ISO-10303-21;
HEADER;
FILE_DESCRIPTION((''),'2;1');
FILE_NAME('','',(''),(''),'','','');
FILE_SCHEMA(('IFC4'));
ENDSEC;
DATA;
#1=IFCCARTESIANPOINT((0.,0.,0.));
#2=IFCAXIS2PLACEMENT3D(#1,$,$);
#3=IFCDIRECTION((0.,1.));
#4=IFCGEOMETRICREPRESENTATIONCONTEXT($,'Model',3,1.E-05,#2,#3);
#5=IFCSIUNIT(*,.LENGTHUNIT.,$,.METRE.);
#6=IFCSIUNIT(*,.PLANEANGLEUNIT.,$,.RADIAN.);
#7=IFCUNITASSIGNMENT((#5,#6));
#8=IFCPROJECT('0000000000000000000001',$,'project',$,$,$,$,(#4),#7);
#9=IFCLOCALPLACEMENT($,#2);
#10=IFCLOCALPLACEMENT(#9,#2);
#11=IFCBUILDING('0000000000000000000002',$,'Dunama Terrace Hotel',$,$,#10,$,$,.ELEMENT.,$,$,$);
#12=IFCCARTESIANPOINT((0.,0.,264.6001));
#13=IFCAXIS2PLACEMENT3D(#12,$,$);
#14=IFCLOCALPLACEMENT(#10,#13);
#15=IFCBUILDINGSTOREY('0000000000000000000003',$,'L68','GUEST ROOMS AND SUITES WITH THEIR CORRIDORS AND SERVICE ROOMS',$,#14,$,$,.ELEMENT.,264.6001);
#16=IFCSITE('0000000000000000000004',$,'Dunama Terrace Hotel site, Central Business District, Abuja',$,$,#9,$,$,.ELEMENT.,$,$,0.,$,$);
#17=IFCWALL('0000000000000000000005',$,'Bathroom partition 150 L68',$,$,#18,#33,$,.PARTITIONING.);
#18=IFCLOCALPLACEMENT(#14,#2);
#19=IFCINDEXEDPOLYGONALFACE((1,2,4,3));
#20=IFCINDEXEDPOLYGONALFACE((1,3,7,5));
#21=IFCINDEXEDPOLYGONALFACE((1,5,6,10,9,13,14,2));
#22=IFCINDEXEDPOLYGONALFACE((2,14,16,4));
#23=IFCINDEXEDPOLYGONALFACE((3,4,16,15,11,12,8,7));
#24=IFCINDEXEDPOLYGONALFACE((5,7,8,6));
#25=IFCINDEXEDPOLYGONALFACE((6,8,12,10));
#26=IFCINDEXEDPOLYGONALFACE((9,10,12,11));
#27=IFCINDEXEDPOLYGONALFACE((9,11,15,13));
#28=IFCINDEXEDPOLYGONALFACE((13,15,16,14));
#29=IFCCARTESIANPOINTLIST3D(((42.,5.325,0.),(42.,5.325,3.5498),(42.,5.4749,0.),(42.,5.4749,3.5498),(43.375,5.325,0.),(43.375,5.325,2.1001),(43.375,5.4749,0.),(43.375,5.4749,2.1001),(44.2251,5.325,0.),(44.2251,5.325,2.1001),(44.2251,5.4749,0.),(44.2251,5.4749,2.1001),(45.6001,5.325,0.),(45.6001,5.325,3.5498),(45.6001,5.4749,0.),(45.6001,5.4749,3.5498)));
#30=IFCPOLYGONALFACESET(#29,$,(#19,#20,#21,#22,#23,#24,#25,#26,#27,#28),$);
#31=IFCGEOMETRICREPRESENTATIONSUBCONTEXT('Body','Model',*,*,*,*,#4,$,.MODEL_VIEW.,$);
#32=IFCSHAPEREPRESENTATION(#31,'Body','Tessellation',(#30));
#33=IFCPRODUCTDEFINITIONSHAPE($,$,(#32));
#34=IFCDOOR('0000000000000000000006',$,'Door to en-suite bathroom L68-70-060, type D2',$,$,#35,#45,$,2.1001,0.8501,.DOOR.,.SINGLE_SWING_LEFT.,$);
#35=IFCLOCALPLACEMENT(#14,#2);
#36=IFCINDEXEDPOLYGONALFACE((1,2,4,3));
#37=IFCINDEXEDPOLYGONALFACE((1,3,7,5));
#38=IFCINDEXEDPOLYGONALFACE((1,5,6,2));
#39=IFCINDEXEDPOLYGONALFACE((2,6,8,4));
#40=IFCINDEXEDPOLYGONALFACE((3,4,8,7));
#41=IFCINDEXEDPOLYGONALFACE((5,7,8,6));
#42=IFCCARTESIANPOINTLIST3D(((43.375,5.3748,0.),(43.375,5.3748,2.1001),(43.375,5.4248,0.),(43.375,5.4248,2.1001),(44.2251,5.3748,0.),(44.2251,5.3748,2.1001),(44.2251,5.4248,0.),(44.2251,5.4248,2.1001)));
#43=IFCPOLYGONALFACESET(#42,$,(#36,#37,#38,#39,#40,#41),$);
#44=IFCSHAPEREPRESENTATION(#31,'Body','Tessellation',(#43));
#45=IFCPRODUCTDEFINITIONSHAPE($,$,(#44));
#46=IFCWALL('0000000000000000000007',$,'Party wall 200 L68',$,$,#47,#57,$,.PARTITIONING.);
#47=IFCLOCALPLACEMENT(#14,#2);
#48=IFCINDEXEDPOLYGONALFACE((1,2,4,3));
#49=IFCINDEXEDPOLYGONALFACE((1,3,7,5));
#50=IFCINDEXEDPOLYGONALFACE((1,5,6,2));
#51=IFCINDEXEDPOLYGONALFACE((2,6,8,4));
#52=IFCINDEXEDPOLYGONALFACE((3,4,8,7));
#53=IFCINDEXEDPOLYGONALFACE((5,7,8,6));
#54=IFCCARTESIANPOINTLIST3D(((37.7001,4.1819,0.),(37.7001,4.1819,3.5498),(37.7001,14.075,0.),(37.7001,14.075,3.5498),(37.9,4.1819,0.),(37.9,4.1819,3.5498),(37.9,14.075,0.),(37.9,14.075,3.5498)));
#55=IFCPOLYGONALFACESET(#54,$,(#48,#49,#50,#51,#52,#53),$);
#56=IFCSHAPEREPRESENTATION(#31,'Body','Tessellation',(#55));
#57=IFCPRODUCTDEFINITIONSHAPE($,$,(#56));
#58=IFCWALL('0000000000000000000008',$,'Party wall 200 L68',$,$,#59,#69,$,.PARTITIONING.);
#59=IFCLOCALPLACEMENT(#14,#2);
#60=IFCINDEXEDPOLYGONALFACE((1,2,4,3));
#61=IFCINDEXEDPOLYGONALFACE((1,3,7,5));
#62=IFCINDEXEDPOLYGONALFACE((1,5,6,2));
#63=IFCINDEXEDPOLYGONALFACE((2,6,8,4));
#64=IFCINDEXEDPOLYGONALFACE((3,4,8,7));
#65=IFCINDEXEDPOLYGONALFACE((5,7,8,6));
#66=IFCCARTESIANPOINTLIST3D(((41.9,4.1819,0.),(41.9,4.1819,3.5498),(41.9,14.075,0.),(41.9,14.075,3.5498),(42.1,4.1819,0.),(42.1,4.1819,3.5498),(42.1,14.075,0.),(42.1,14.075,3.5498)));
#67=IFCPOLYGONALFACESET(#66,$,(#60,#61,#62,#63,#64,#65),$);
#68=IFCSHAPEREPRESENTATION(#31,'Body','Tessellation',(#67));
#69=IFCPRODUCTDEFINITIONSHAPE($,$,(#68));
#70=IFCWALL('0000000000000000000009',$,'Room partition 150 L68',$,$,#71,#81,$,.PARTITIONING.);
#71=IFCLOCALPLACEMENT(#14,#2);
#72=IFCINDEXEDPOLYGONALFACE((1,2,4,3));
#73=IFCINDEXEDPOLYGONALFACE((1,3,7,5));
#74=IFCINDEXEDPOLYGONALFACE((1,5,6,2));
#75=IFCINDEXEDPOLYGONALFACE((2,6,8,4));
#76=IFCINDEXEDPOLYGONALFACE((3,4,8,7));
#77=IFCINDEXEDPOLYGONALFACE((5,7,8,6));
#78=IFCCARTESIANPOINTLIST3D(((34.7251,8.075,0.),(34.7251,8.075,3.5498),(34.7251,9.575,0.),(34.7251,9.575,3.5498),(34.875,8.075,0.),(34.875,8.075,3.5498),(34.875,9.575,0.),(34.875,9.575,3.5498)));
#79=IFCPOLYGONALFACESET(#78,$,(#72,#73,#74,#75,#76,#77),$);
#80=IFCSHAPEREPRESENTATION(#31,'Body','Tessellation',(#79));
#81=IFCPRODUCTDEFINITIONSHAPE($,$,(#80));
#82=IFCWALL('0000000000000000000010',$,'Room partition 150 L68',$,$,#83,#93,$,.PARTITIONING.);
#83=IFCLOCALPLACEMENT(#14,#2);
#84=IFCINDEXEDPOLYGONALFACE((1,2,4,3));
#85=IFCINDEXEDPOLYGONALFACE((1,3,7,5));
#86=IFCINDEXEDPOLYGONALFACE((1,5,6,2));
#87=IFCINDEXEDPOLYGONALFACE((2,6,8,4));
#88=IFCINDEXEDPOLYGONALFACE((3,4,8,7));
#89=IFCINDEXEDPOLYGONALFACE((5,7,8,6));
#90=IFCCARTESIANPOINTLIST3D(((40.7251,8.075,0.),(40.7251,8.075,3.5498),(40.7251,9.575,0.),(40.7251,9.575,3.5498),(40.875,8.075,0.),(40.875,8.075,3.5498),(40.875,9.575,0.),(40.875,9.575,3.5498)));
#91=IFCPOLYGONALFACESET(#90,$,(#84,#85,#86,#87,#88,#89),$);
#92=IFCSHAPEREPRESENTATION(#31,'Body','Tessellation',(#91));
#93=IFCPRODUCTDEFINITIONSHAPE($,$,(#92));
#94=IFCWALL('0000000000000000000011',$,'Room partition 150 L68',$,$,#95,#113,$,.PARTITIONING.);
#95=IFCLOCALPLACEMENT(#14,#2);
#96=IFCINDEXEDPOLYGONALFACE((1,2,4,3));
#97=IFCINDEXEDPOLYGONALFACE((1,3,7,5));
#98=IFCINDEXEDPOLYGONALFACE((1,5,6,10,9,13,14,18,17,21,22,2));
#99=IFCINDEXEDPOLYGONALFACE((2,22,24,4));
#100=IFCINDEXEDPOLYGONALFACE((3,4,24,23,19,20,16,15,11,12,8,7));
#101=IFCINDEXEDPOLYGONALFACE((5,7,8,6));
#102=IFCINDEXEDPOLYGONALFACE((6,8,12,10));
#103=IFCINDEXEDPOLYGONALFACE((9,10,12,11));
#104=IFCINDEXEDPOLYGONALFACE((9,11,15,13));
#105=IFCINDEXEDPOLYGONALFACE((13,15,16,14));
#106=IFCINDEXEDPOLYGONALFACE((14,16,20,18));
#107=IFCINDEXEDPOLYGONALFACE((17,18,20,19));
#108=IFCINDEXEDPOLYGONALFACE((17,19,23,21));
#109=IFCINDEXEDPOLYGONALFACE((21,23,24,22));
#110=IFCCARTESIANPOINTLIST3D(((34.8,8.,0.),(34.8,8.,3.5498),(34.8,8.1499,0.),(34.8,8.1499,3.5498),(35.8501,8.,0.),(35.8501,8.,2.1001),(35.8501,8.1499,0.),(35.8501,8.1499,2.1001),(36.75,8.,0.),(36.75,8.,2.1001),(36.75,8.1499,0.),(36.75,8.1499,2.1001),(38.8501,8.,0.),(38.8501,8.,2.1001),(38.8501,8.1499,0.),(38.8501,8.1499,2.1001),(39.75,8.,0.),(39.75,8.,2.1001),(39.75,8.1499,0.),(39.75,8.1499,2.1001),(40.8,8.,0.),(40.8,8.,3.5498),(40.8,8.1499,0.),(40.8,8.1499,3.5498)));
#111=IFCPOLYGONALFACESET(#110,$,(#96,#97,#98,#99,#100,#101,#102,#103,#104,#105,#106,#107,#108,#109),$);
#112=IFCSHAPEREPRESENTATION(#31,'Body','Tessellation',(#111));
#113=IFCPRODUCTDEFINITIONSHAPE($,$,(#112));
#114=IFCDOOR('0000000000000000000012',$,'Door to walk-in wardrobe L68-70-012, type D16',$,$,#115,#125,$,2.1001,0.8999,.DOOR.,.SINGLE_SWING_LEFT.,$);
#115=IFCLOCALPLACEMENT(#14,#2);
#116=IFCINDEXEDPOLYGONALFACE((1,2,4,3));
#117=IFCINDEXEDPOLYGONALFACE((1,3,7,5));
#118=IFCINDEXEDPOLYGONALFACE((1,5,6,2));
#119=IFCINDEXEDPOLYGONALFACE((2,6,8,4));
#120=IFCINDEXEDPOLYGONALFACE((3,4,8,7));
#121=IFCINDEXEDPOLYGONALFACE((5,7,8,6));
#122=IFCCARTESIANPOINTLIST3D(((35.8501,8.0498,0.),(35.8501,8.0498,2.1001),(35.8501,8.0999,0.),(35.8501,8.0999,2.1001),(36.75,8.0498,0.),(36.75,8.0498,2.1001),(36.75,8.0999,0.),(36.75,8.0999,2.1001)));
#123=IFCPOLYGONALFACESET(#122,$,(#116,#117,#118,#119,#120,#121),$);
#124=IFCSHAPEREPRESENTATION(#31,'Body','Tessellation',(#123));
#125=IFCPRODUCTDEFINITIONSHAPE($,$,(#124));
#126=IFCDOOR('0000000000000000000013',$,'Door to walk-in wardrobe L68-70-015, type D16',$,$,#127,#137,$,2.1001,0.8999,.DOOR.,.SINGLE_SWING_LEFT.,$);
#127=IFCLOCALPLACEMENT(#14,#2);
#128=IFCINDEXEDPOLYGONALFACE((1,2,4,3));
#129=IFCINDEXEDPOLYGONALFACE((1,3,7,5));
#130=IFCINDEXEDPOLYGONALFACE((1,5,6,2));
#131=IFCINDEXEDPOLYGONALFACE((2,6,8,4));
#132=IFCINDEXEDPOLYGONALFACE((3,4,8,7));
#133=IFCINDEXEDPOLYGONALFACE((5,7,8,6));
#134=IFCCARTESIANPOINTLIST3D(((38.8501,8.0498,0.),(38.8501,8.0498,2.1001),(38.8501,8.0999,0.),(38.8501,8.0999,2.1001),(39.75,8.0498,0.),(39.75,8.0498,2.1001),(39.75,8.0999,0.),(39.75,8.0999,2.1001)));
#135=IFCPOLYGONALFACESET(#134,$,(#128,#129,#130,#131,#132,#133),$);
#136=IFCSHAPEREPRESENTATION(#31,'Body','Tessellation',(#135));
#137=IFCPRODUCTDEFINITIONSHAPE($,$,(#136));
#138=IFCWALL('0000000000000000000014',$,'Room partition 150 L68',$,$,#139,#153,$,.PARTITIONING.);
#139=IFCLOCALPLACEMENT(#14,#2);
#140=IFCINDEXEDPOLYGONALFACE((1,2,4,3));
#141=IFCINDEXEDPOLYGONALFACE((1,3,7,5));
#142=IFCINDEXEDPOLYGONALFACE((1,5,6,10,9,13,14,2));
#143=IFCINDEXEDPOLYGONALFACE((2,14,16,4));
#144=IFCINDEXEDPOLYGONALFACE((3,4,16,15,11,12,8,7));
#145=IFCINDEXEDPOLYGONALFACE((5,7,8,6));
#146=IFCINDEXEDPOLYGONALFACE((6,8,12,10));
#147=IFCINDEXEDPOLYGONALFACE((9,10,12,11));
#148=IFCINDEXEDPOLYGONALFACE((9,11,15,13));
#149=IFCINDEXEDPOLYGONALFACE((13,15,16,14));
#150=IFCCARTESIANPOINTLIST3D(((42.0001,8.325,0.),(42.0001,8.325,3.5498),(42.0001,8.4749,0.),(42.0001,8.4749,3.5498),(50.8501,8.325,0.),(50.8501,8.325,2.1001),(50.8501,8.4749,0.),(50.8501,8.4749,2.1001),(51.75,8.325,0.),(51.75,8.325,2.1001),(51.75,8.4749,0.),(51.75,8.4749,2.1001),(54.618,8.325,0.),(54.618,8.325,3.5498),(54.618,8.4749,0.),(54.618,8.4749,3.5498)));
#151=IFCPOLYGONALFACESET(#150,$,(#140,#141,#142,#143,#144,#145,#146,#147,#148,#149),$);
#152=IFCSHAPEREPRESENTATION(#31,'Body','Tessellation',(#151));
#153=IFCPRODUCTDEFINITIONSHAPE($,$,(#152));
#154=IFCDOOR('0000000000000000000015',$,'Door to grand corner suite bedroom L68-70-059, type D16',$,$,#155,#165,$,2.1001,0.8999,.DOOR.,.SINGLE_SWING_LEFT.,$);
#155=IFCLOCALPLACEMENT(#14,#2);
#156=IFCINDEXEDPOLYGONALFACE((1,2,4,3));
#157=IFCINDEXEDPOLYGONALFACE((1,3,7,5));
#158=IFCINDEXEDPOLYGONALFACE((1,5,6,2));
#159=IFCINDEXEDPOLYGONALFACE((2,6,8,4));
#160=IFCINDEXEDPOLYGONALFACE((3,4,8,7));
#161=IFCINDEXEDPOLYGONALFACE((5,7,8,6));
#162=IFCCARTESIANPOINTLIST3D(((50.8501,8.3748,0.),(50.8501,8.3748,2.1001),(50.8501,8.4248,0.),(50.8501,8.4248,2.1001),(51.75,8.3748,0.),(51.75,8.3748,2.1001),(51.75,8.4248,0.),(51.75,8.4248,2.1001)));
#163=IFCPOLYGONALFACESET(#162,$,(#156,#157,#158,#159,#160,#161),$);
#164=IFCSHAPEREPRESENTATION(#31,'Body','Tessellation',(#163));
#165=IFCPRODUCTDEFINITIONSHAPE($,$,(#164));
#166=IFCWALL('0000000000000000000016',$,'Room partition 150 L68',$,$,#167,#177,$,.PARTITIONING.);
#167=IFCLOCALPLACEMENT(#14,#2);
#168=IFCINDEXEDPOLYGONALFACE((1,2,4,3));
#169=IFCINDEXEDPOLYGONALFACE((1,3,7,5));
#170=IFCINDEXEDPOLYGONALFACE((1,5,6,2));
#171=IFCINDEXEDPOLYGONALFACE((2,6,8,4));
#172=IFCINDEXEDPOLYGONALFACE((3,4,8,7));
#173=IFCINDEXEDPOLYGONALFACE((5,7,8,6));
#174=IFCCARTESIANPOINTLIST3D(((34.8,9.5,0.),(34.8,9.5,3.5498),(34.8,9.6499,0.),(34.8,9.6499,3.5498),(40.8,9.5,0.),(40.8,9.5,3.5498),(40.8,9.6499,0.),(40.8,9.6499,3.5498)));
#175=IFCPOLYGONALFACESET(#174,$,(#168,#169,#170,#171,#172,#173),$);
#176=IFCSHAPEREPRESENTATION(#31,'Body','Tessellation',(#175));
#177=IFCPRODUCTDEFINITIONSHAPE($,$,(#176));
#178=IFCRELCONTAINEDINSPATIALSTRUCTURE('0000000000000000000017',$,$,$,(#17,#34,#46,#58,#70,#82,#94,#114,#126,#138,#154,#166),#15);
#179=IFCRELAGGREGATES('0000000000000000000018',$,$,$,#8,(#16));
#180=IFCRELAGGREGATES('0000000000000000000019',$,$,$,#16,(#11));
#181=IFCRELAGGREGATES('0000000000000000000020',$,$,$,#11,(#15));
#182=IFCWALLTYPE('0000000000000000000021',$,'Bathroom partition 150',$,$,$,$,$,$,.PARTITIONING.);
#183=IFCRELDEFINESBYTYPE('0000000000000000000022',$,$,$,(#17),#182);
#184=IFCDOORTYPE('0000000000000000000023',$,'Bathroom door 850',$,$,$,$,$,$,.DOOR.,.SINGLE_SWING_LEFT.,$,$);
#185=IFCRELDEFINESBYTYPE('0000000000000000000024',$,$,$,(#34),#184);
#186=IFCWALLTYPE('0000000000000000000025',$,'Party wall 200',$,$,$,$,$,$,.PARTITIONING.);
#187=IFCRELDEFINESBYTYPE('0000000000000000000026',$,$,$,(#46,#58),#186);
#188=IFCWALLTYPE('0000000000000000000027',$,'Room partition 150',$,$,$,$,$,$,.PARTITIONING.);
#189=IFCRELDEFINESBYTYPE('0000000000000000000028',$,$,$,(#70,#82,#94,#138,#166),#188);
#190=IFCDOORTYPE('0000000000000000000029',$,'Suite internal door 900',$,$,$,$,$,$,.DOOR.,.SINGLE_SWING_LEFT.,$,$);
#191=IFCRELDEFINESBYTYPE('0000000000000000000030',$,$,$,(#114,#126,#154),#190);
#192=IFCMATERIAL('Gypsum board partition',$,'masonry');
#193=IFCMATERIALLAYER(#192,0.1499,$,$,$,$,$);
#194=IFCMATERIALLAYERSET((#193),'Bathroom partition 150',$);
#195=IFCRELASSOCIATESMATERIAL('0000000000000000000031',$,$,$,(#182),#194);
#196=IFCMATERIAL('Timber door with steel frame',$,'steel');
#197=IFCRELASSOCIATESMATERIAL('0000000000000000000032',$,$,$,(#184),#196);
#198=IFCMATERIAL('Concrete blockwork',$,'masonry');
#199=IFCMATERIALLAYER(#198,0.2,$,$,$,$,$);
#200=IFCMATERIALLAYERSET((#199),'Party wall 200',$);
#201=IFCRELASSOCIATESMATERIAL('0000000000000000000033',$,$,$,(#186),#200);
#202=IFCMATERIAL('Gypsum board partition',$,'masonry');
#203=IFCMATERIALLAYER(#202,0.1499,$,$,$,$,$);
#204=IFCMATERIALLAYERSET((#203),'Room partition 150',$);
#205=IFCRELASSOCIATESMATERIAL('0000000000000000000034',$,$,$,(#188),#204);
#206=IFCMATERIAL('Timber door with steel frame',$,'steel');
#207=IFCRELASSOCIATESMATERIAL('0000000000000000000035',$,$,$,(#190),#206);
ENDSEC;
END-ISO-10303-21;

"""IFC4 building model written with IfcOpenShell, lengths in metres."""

from ifc_helpers import new_model, si_unit, direction, frame, frame_2d, origin, place, context, subcontext, project, spatial, rectangle, extrude, material, layer, layer_set, type_object, element, fill, save


model = new_model("IFC4")

# Units and contexts
model_context = context("Model", 3, precision=1e-05, world=origin(), true_north=direction((0.0, 1.0)))
body_context = subcontext(model_context, "Body", "Model", "MODEL_VIEW")
ifc_project = project(units=[si_unit("LENGTHUNIT", "METRE"), si_unit("PLANEANGLEUNIT", "RADIAN")], contexts=[model_context])

# Site, building, storey
site_placement = place(None, origin())
site = spatial("IfcSite", under=ifc_project, at=site_placement, Name="Dunama Terrace Hotel site, Central Business District, Abuja", CompositionType="ELEMENT", RefElevation=0.0)
building_placement = place(site_placement, origin())
building = spatial("IfcBuilding", under=site, at=building_placement, Name="Dunama Terrace Hotel", CompositionType="ELEMENT")
storey_placement = place(building_placement, frame((0.0, 0.0, 264.6001)))
storey = spatial("IfcBuildingStorey", under=building, at=storey_placement, Name="L68", Description="GUEST ROOMS AND SUITES WITH THEIR CORRIDORS AND SERVICE ROOMS", CompositionType="ELEMENT", Elevation=264.6001)

# Shared definitions
ifc_material_1 = material(Name="Gypsum board partition", Category="masonry")
ifc_layer_1 = layer(ifc_material_1, 0.1499)
ifc_layer_set_1 = layer_set([ifc_layer_1], Name="Bathroom partition 150")
wall_type_1 = type_object("IfcWallType", Name="Bathroom partition 150", PredefinedType="PARTITIONING", material=ifc_layer_set_1)

# Wall, opening, door
wall_1_placement = place(storey_placement, frame((42.0, 5.3999, 0.0), z_axis=(0.0, 0.0, 1.0), x_axis=(1.0, 0.0, 0.0)))
wall_1 = element("IfcWall", 1, at=wall_1_placement, inside=storey, type_object=wall_type_1, Name="Bathroom partition 150 L68", PredefinedType="PARTITIONING", context=body_context, shape_type="SweptSolid", body=[
    extrude(rectangle(XDim=3.6001, YDim=0.1499, at=frame_2d((1.8, 0.0))), origin(), (0.0, 0.0, 1.0), 3.5498),
])
opening_1_placement = place(wall_1_placement, frame((1.375, 0.0, 0.0)))
opening_1 = element("IfcOpeningElement", 2, at=opening_1_placement, cuts=wall_1, PredefinedType="OPENING", context=body_context, shape_type="SweptSolid", body=[
    extrude(rectangle(XDim=0.8501, YDim=2.1001, at=frame_2d((0.425, 1.05))), frame((0.0, 0.085, 0.0), z_axis=(0.0, -1.0, 0.0), x_axis=(1.0, 0.0, 0.0)), (0.0, 0.0, 1.0), 0.1699),
])
ifc_material_2 = material(Name="Timber door with steel frame", Category="steel")
door_type_1 = type_object("IfcDoorType", Name="Bathroom door 850", OperationType="SINGLE_SWING_LEFT", PredefinedType="DOOR", material=ifc_material_2)
door_1_placement = place(opening_1_placement, origin())
door_1 = element("IfcDoor", 3, at=door_1_placement, inside=storey, type_object=door_type_1, Name="Door to en-suite bathroom L68-70-060, type D2", OperationType="SINGLE_SWING_LEFT", OverallHeight=2.1001, OverallWidth=0.8501, PredefinedType="DOOR", context=body_context, shape_type="SweptSolid", body=[
    extrude(rectangle(XDim=0.8501, YDim=2.1001, at=frame_2d((0.425, 1.05))), frame((0.0, 0.0249, 0.0), z_axis=(0.0, -1.0, 0.0), x_axis=(1.0, 0.0, 0.0)), (0.0, 0.0, 1.0), 0.05),
])
fill(opening_1, door_1)

# Walls
ifc_material_3 = material(Name="Concrete blockwork", Category="masonry")
ifc_layer_2 = layer(ifc_material_3, 0.2)
ifc_layer_set_2 = layer_set([ifc_layer_2], Name="Party wall 200")
wall_type_2 = type_object("IfcWallType", Name="Party wall 200", PredefinedType="PARTITIONING", material=ifc_layer_set_2)
for number, where, z_axis, x_axis, name in (
    (4, (37.8, 4.1819, 0.0), (0.0, 0.0, 1.0), (0.0, 1.0, 0.0), "Party wall 200 L68"),
    (5, (42.0, 4.1819, 0.0), (0.0, 0.0, 1.0), (0.0, 1.0, 0.0), "Party wall 200 L68"),
):
    element("IfcWall", number, at=place(storey_placement, frame(where, z_axis=z_axis, x_axis=x_axis)), inside=storey, type_object=wall_type_2, Name=name, PredefinedType="PARTITIONING", context=body_context, shape_type="SweptSolid", body=[
        extrude(rectangle(XDim=9.8931, YDim=0.2, at=frame_2d((4.9465, 0.0))), origin(), (0.0, 0.0, 1.0), 3.5498),
    ])
ifc_material_4 = material(Name="Gypsum board partition", Category="masonry")
ifc_layer_3 = layer(ifc_material_4, 0.1499)
ifc_layer_set_3 = layer_set([ifc_layer_3], Name="Room partition 150")
wall_type_3 = type_object("IfcWallType", Name="Room partition 150", PredefinedType="PARTITIONING", material=ifc_layer_set_3)
for number, where, z_axis, x_axis, name in (
    (6, (34.8, 8.075, 0.0), (0.0, 0.0, 1.0), (0.0, 1.0, 0.0), "Room partition 150 L68"),
    (7, (40.8, 8.075, 0.0), (0.0, 0.0, 1.0), (0.0, 1.0, 0.0), "Room partition 150 L68"),
):
    element("IfcWall", number, at=place(storey_placement, frame(where, z_axis=z_axis, x_axis=x_axis)), inside=storey, type_object=wall_type_3, Name=name, PredefinedType="PARTITIONING", context=body_context, shape_type="SweptSolid", body=[
        extrude(rectangle(XDim=1.5, YDim=0.1499, at=frame_2d((0.75, 0.0))), origin(), (0.0, 0.0, 1.0), 3.5498),
    ])

# Wall, openings, doors
wall_2_placement = place(storey_placement, frame((34.8, 8.075, 0.0), z_axis=(0.0, 0.0, 1.0), x_axis=(1.0, 0.0, 0.0)))
wall_2 = element("IfcWall", 8, at=wall_2_placement, inside=storey, type_object=wall_type_3, Name="Room partition 150 L68", PredefinedType="PARTITIONING", context=body_context, shape_type="SweptSolid", body=[
    extrude(rectangle(XDim=6.0, YDim=0.1499, at=frame_2d((3.0, 0.0))), origin(), (0.0, 0.0, 1.0), 3.5498),
])
opening_2_placement = place(wall_2_placement, frame((1.05, 0.0, 0.0)))
opening_2 = element("IfcOpeningElement", 9, at=opening_2_placement, cuts=wall_2, PredefinedType="OPENING", context=body_context, shape_type="SweptSolid", body=[
    extrude(rectangle(XDim=0.8999, YDim=2.1001, at=frame_2d((0.45, 1.05))), frame((0.0, 0.085, 0.0), z_axis=(0.0, -1.0, 0.0), x_axis=(1.0, 0.0, 0.0)), (0.0, 0.0, 1.0), 0.1699),
])
opening_3_placement = place(wall_2_placement, frame((4.05, 0.0, 0.0)))
opening_3 = element("IfcOpeningElement", 10, at=opening_3_placement, cuts=wall_2, PredefinedType="OPENING", context=body_context, shape_type="SweptSolid", body=[
    extrude(rectangle(XDim=0.8999, YDim=2.1001, at=frame_2d((0.45, 1.05))), frame((0.0, 0.085, 0.0), z_axis=(0.0, -1.0, 0.0), x_axis=(1.0, 0.0, 0.0)), (0.0, 0.0, 1.0), 0.1699),
])
ifc_material_5 = material(Name="Timber door with steel frame", Category="steel")
door_type_2 = type_object("IfcDoorType", Name="Suite internal door 900", OperationType="SINGLE_SWING_LEFT", PredefinedType="DOOR", material=ifc_material_5)
door_2_placement = place(opening_2_placement, origin())
door_2 = element("IfcDoor", 11, at=door_2_placement, inside=storey, type_object=door_type_2, Name="Door to walk-in wardrobe L68-70-012, type D16", OperationType="SINGLE_SWING_LEFT", OverallHeight=2.1001, OverallWidth=0.8999, PredefinedType="DOOR", context=body_context, shape_type="SweptSolid", body=[
    extrude(rectangle(XDim=0.8999, YDim=2.1001, at=frame_2d((0.45, 1.05))), frame((0.0, 0.0249, 0.0), z_axis=(0.0, -1.0, 0.0), x_axis=(1.0, 0.0, 0.0)), (0.0, 0.0, 1.0), 0.05),
])
fill(opening_2, door_2)
door_3_placement = place(opening_3_placement, origin())
door_3 = element("IfcDoor", 12, at=door_3_placement, inside=storey, type_object=door_type_2, Name="Door to walk-in wardrobe L68-70-015, type D16", OperationType="SINGLE_SWING_LEFT", OverallHeight=2.1001, OverallWidth=0.8999, PredefinedType="DOOR", context=body_context, shape_type="SweptSolid", body=[
    extrude(rectangle(XDim=0.8999, YDim=2.1001, at=frame_2d((0.45, 1.05))), frame((0.0, 0.0249, 0.0), z_axis=(0.0, -1.0, 0.0), x_axis=(1.0, 0.0, 0.0)), (0.0, 0.0, 1.0), 0.05),
])
fill(opening_3, door_3)

# Wall, opening, door
wall_3_placement = place(storey_placement, frame((42.0, 8.3999, 0.0), z_axis=(0.0, 0.0, 1.0), x_axis=(1.0, 0.0, 0.0)))
wall_3 = element("IfcWall", 13, at=wall_3_placement, inside=storey, type_object=wall_type_3, Name="Room partition 150 L68", PredefinedType="PARTITIONING", context=body_context, shape_type="SweptSolid", body=[
    extrude(rectangle(XDim=12.6179, YDim=0.1499, at=frame_2d((6.3091, 0.0))), origin(), (0.0, 0.0, 1.0), 3.5498),
])
opening_4_placement = place(wall_3_placement, frame((8.8501, 0.0, 0.0)))
opening_4 = element("IfcOpeningElement", 14, at=opening_4_placement, cuts=wall_3, PredefinedType="OPENING", context=body_context, shape_type="SweptSolid", body=[
    extrude(rectangle(XDim=0.8999, YDim=2.1001, at=frame_2d((0.45, 1.05))), frame((0.0, 0.085, 0.0), z_axis=(0.0, -1.0, 0.0), x_axis=(1.0, 0.0, 0.0)), (0.0, 0.0, 1.0), 0.1699),
])
door_4_placement = place(opening_4_placement, frame((0.8999, 0.0, 0.0), z_axis=(0.0, 0.0, 1.0), x_axis=(-1.0, 0.0, 0.0)))
door_4 = element("IfcDoor", 15, at=door_4_placement, inside=storey, type_object=door_type_2, Name="Door to grand corner suite bedroom L68-70-059, type D16", OperationType="SINGLE_SWING_LEFT", OverallHeight=2.1001, OverallWidth=0.8999, PredefinedType="DOOR", context=body_context, shape_type="SweptSolid", body=[
    extrude(rectangle(XDim=0.8999, YDim=2.1001, at=frame_2d((0.45, 1.05))), frame((0.0, 0.0251, 0.0), z_axis=(0.0, -1.0, 0.0), x_axis=(1.0, 0.0, 0.0)), (0.0, 0.0, 1.0), 0.05),
])
fill(opening_4, door_4)

# Wall
wall_4_placement = place(storey_placement, frame((34.8, 9.575, 0.0), z_axis=(0.0, 0.0, 1.0), x_axis=(1.0, 0.0, 0.0)))
element("IfcWall", 16, at=wall_4_placement, inside=storey, type_object=wall_type_3, Name="Room partition 150 L68", PredefinedType="PARTITIONING", context=body_context, shape_type="SweptSolid", body=[
    extrude(rectangle(XDim=6.0, YDim=0.1499, at=frame_2d((3.0, 0.0))), origin(), (0.0, 0.0, 1.0), 3.5498),
])

save(model, "model.ifc")
